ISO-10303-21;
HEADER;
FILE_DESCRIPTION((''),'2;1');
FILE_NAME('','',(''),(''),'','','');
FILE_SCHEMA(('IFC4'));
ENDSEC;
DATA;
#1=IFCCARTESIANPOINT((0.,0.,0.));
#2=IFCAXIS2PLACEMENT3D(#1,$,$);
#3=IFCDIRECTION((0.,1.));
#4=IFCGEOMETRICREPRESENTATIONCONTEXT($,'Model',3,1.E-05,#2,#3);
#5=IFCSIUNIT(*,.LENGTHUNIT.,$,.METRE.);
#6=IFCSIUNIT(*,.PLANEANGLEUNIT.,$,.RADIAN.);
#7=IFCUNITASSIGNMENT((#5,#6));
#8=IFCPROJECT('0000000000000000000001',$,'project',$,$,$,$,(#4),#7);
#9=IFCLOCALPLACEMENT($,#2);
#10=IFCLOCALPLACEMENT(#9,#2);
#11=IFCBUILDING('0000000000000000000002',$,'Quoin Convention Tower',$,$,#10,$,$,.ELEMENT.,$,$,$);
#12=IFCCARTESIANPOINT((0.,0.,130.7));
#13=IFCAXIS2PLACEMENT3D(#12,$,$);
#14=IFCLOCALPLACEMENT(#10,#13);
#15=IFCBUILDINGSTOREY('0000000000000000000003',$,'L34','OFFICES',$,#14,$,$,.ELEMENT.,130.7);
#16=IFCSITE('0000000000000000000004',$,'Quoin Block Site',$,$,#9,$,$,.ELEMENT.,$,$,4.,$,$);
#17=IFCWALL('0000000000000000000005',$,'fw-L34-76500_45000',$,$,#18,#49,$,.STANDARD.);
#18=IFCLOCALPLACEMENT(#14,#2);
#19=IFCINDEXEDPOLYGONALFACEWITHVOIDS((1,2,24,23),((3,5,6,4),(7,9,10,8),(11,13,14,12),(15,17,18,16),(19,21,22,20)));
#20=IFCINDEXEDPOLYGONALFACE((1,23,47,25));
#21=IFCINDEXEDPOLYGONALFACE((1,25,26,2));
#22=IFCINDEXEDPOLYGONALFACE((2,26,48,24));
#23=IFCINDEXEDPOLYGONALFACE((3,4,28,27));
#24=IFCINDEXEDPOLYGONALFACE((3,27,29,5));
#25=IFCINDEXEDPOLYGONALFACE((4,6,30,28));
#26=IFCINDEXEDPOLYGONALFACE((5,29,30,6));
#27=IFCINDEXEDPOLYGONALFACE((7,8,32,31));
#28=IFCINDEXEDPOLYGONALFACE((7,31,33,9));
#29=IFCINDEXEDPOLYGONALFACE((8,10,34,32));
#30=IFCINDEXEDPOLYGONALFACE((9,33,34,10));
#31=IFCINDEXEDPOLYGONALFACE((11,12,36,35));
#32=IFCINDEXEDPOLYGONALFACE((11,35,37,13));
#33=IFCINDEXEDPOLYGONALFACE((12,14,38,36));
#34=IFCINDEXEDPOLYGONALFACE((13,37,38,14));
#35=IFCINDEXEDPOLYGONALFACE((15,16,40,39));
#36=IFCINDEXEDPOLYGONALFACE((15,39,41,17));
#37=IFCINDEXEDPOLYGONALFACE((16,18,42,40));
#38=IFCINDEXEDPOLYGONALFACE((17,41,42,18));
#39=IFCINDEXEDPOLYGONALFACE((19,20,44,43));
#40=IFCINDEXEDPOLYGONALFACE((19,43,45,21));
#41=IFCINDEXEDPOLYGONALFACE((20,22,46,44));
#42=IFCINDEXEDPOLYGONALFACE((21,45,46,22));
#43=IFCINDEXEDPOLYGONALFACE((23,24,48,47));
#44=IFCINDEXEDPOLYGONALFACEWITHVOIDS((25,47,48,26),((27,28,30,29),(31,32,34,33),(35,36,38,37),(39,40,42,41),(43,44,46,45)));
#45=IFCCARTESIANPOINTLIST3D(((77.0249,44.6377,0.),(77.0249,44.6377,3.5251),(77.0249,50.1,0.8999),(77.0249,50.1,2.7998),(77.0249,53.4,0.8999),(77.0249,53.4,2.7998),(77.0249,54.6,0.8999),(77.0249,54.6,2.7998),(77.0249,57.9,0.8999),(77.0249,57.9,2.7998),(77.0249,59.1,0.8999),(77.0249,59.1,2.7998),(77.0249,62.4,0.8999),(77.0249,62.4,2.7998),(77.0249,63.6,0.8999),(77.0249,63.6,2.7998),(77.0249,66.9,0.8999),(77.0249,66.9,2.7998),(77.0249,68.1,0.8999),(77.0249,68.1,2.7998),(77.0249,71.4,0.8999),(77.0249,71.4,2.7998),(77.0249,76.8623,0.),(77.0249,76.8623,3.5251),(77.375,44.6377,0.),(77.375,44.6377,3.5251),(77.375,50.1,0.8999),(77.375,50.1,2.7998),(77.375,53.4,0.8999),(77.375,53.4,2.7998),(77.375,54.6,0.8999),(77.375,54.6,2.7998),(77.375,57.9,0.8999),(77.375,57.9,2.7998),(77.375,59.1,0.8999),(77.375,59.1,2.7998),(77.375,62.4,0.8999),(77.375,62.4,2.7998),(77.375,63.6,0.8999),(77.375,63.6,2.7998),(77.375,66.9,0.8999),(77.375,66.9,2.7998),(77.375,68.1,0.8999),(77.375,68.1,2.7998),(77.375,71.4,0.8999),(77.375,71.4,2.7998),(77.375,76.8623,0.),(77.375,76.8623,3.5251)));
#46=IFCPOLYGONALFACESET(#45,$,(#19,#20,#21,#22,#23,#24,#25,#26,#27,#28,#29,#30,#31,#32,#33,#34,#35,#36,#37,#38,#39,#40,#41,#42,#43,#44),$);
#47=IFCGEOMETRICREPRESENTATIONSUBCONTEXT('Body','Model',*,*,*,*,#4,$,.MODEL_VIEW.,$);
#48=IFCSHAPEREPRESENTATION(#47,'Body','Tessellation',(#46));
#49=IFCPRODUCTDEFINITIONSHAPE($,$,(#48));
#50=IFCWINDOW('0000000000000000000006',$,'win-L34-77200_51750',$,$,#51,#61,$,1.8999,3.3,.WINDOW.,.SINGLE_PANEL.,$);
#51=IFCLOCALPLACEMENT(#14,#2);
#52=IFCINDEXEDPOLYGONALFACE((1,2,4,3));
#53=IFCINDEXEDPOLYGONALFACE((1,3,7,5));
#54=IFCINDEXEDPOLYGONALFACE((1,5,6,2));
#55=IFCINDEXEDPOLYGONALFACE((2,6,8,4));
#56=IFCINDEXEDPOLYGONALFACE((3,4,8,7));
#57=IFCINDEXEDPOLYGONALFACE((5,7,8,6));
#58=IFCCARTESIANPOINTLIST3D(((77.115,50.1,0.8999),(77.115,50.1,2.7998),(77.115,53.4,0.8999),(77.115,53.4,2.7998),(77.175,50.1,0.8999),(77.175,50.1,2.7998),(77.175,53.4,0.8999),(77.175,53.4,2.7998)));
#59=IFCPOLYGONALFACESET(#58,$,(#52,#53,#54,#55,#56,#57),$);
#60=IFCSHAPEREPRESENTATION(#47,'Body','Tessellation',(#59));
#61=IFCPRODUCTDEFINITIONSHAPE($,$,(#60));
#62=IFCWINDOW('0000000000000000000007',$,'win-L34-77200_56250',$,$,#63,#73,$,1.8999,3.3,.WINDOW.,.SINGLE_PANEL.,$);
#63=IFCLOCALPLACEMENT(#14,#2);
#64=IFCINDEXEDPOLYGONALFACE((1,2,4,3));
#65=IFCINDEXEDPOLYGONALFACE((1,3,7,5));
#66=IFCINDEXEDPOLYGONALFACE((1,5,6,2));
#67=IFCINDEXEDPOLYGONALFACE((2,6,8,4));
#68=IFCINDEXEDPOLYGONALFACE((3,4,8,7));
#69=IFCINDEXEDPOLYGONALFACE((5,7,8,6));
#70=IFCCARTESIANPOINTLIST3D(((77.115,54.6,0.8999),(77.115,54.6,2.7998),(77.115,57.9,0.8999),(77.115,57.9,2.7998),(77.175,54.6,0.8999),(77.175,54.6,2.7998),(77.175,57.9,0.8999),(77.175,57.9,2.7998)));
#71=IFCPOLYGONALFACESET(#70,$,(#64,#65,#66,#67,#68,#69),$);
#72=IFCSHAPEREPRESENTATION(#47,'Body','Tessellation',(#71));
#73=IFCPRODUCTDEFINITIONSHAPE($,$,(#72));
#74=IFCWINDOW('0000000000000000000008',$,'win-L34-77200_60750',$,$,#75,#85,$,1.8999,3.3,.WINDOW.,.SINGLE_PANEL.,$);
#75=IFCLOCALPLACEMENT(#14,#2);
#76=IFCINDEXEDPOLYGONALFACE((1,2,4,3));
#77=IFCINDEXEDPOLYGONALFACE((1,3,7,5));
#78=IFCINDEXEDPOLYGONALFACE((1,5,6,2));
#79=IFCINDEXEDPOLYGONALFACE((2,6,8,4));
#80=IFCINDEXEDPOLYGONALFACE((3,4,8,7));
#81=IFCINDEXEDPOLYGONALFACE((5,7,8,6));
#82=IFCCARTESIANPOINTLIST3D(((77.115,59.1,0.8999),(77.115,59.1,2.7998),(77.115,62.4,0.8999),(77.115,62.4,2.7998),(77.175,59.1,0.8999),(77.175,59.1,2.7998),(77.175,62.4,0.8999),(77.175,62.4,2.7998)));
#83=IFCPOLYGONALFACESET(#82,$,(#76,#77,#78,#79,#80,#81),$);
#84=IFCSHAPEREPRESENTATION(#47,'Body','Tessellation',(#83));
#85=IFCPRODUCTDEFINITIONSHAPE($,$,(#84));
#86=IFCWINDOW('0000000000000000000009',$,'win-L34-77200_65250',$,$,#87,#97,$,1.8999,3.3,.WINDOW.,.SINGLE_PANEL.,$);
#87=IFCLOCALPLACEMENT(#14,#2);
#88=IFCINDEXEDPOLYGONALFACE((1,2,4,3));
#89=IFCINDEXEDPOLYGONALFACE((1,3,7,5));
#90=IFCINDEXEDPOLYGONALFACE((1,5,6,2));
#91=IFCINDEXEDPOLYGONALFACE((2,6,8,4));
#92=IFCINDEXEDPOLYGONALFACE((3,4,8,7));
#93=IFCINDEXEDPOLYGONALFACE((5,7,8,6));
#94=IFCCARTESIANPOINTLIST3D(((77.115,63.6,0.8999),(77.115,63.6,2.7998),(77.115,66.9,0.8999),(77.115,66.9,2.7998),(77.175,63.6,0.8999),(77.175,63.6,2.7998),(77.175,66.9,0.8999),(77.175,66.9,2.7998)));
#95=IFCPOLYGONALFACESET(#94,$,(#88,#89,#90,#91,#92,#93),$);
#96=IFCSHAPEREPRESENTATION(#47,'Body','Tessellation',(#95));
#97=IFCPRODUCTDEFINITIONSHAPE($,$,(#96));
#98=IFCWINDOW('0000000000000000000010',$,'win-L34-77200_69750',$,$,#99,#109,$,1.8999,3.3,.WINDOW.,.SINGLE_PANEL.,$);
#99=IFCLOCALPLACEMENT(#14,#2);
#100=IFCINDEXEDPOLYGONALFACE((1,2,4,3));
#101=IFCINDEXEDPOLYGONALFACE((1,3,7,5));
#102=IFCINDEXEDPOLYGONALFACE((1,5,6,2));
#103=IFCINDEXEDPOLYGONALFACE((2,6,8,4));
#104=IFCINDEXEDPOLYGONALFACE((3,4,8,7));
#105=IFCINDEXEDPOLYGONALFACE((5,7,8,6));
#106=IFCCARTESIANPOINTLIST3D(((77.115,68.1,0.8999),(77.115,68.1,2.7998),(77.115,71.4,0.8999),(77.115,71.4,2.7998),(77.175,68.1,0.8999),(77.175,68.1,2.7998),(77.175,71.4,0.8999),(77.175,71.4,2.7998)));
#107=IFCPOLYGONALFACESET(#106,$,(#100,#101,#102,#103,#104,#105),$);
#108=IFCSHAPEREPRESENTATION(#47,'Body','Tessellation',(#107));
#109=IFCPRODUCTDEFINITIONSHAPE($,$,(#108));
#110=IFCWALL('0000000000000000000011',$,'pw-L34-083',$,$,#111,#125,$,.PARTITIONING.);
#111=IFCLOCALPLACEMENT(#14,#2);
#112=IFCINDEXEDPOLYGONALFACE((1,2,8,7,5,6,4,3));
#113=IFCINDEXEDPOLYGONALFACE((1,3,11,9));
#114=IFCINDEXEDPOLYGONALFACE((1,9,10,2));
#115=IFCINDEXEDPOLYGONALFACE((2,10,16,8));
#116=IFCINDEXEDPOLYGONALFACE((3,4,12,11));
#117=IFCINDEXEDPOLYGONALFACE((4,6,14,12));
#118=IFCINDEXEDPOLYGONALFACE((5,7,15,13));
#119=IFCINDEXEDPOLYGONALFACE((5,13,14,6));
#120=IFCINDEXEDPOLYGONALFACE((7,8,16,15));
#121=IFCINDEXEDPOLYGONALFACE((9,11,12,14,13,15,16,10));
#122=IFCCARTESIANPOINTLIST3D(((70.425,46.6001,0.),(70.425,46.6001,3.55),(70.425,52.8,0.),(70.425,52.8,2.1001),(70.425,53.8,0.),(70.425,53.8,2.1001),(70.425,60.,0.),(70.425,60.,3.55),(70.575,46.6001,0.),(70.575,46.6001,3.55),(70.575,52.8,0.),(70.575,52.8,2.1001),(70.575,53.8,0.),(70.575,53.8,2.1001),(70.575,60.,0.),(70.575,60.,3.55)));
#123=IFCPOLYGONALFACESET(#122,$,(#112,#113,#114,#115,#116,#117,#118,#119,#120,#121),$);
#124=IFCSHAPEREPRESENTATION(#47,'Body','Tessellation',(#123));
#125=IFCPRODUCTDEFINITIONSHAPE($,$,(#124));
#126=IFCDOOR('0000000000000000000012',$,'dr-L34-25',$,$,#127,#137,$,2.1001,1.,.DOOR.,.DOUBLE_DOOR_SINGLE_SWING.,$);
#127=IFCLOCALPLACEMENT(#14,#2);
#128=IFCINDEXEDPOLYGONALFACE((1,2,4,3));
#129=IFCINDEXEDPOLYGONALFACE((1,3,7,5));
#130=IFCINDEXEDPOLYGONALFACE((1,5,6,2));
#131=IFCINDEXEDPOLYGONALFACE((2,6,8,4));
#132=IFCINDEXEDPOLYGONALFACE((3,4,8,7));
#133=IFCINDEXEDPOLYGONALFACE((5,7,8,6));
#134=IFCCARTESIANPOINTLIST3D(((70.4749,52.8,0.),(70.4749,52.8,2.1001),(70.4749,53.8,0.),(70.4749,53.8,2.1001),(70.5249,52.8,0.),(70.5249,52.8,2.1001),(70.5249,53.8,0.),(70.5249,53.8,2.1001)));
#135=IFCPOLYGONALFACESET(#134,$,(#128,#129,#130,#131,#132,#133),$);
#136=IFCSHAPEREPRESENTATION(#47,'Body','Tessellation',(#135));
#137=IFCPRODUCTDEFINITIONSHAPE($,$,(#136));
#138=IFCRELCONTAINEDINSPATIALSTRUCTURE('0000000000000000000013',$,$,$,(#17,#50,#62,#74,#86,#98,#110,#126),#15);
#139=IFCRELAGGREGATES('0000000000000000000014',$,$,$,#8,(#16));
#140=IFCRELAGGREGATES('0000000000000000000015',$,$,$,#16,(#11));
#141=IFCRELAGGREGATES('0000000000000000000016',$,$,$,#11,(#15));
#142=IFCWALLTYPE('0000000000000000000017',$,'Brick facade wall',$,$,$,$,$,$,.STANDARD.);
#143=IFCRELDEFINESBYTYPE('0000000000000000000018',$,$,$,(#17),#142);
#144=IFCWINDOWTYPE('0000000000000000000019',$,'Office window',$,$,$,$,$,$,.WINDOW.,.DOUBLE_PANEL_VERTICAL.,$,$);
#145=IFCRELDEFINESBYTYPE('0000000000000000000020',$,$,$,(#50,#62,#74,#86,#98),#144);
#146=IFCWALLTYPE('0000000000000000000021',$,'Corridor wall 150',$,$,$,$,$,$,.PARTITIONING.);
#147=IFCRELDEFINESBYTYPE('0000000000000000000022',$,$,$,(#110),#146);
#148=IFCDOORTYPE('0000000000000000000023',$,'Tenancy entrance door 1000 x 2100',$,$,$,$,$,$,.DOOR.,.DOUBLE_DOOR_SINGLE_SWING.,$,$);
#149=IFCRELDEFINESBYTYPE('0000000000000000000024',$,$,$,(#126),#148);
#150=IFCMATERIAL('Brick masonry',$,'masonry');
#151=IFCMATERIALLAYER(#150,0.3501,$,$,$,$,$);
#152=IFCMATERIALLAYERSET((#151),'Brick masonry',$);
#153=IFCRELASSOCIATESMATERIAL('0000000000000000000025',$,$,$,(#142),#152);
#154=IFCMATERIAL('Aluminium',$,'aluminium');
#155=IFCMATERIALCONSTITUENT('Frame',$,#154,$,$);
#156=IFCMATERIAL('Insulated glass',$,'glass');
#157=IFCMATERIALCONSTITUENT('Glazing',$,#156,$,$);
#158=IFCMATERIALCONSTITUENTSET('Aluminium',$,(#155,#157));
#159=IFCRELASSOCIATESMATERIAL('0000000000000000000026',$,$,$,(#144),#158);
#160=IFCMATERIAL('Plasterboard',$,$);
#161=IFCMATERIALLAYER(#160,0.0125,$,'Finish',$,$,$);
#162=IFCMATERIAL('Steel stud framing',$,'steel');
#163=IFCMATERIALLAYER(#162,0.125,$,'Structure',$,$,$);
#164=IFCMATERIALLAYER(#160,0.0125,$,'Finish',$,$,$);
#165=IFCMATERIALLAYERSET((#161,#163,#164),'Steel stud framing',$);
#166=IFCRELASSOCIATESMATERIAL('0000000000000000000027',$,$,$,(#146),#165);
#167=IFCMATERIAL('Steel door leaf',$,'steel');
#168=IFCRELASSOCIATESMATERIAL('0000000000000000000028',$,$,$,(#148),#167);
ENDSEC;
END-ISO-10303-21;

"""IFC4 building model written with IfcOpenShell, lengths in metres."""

from ifc_helpers import new_model, si_unit, direction, frame, frame_2d, origin, place, context, subcontext, project, spatial, rectangle, extrude, material, layer, layer_set, constituent, constituent_set, type_object, element, fill, save


model = new_model("IFC4")

# Units and contexts
model_context = context("Model", 3, precision=1e-05, world=origin(), true_north=direction((0.0, 1.0)))
body_context = subcontext(model_context, "Body", "Model", "MODEL_VIEW")
ifc_project = project(units=[si_unit("LENGTHUNIT", "METRE"), si_unit("PLANEANGLEUNIT", "RADIAN")], contexts=[model_context])

# Site, building, storey
site_placement = place(None, origin())
site = spatial("IfcSite", under=ifc_project, at=site_placement, Name="Quoin Block Site", CompositionType="ELEMENT", RefElevation=4.0)
building_placement = place(site_placement, origin())
building = spatial("IfcBuilding", under=site, at=building_placement, Name="Quoin Convention Tower", CompositionType="ELEMENT")
storey_placement = place(building_placement, frame((0.0, 0.0, 130.7)))
storey = spatial("IfcBuildingStorey", under=building, at=storey_placement, Name="L34", Description="OFFICES", CompositionType="ELEMENT", Elevation=130.7)

# Shared definitions
ifc_material_1 = material(Name="Plasterboard")
ifc_material_2 = material(Name="Steel stud framing", Category="steel")
ifc_material_3 = material(Name="Steel door leaf", Category="steel")

# Wall, openings, windows
ifc_material_4 = material(Name="Brick masonry", Category="masonry")
ifc_layer_1 = layer(ifc_material_4, 0.3501)
ifc_layer_set_1 = layer_set([ifc_layer_1], Name="Brick masonry")
wall_type_1 = type_object("IfcWallType", Name="Brick facade wall", PredefinedType="STANDARD", material=ifc_layer_set_1)
wall_1_placement = place(storey_placement, frame((77.2, 44.6377, 0.0), z_axis=(0.0, 0.0, 1.0), x_axis=(0.0, 1.0, 0.0)))
wall_1 = element("IfcWall", 1, at=wall_1_placement, inside=storey, type_object=wall_type_1, Name="fw-L34-76500_45000", PredefinedType="STANDARD", context=body_context, shape_type="SweptSolid", body=[
    extrude(rectangle(XDim=32.2246, YDim=0.3501, at=frame_2d((16.1123, 0.0))), origin(), (0.0, 0.0, 1.0), 3.5251),
])
opening_1_placement = place(wall_1_placement, frame((5.4624, 0.0, 0.8999)))
opening_1 = element("IfcOpeningElement", 2, at=opening_1_placement, cuts=wall_1, PredefinedType="OPENING", context=body_context, shape_type="SweptSolid", body=[
    extrude(rectangle(XDim=3.3, YDim=1.8999, at=frame_2d((1.6499, 0.95))), frame((0.0, 0.1851, 0.0), z_axis=(0.0, -1.0, 0.0), x_axis=(1.0, 0.0, 0.0)), (0.0, 0.0, 1.0), 0.3701),
])
opening_2_placement = place(wall_1_placement, frame((9.9624, 0.0, 0.8999)))
opening_2 = element("IfcOpeningElement", 3, at=opening_2_placement, cuts=wall_1, PredefinedType="OPENING", context=body_context, shape_type="SweptSolid", body=[
    extrude(rectangle(XDim=3.3, YDim=1.8999, at=frame_2d((1.6499, 0.95))), frame((0.0, 0.1851, 0.0), z_axis=(0.0, -1.0, 0.0), x_axis=(1.0, 0.0, 0.0)), (0.0, 0.0, 1.0), 0.3701),
])
opening_3_placement = place(wall_1_placement, frame((14.4624, 0.0, 0.8999)))
opening_3 = element("IfcOpeningElement", 4, at=opening_3_placement, cuts=wall_1, PredefinedType="OPENING", context=body_context, shape_type="SweptSolid", body=[
    extrude(rectangle(XDim=3.3, YDim=1.8999, at=frame_2d((1.6499, 0.95))), frame((0.0, 0.1851, 0.0), z_axis=(0.0, -1.0, 0.0), x_axis=(1.0, 0.0, 0.0)), (0.0, 0.0, 1.0), 0.3701),
])
opening_4_placement = place(wall_1_placement, frame((18.9624, 0.0, 0.8999)))
opening_4 = element("IfcOpeningElement", 5, at=opening_4_placement, cuts=wall_1, PredefinedType="OPENING", context=body_context, shape_type="SweptSolid", body=[
    extrude(rectangle(XDim=3.3, YDim=1.8999, at=frame_2d((1.6499, 0.95))), frame((0.0, 0.1851, 0.0), z_axis=(0.0, -1.0, 0.0), x_axis=(1.0, 0.0, 0.0)), (0.0, 0.0, 1.0), 0.3701),
])
opening_5_placement = place(wall_1_placement, frame((23.4624, 0.0, 0.8999)))
opening_5 = element("IfcOpeningElement", 6, at=opening_5_placement, cuts=wall_1, PredefinedType="OPENING", context=body_context, shape_type="SweptSolid", body=[
    extrude(rectangle(XDim=3.3, YDim=1.8999, at=frame_2d((1.6499, 0.95))), frame((0.0, 0.1851, 0.0), z_axis=(0.0, -1.0, 0.0), x_axis=(1.0, 0.0, 0.0)), (0.0, 0.0, 1.0), 0.3701),
])
ifc_material_5 = material(Name="Aluminium", Category="aluminium")
ifc_constituent_1 = constituent(ifc_material_5, Name="Frame")
ifc_material_6 = material(Name="Insulated glass", Category="glass")
ifc_constituent_2 = constituent(ifc_material_6, Name="Glazing")
ifc_constituent_set = constituent_set(constituents=[ifc_constituent_1, ifc_constituent_2], Name="Aluminium")
window_type = type_object("IfcWindowType", Name="Office window", PartitioningType="DOUBLE_PANEL_VERTICAL", PredefinedType="WINDOW", material=ifc_constituent_set)
window_1_placement = place(opening_1_placement, origin())
window_1 = element("IfcWindow", 7, at=window_1_placement, inside=storey, type_object=window_type, Name="win-L34-77200_51750", OverallHeight=1.8999, OverallWidth=3.3, PartitioningType="SINGLE_PANEL", PredefinedType="WINDOW", context=body_context, shape_type="SweptSolid", body=[
    extrude(rectangle(XDim=3.3, YDim=1.8999, at=frame_2d((1.6499, 0.95))), frame((0.0, 0.085, 0.0), z_axis=(0.0, -1.0, 0.0), x_axis=(1.0, 0.0, 0.0)), (0.0, 0.0, 1.0), 0.0601),
])
fill(opening_1, window_1)
window_2_placement = place(opening_2_placement, origin())
window_2 = element("IfcWindow", 8, at=window_2_placement, inside=storey, type_object=window_type, Name="win-L34-77200_56250", OverallHeight=1.8999, OverallWidth=3.3, PartitioningType="SINGLE_PANEL", PredefinedType="WINDOW", context=body_context, shape_type="SweptSolid", body=[
    extrude(rectangle(XDim=3.3, YDim=1.8999, at=frame_2d((1.6499, 0.95))), frame((0.0, 0.085, 0.0), z_axis=(0.0, -1.0, 0.0), x_axis=(1.0, 0.0, 0.0)), (0.0, 0.0, 1.0), 0.0601),
])
fill(opening_2, window_2)
window_3_placement = place(opening_3_placement, origin())
window_3 = element("IfcWindow", 9, at=window_3_placement, inside=storey, type_object=window_type, Name="win-L34-77200_60750", OverallHeight=1.8999, OverallWidth=3.3, PartitioningType="SINGLE_PANEL", PredefinedType="WINDOW", context=body_context, shape_type="SweptSolid", body=[
    extrude(rectangle(XDim=3.3, YDim=1.8999, at=frame_2d((1.6499, 0.95))), frame((0.0, 0.085, 0.0), z_axis=(0.0, -1.0, 0.0), x_axis=(1.0, 0.0, 0.0)), (0.0, 0.0, 1.0), 0.0601),
])
fill(opening_3, window_3)
window_4_placement = place(opening_4_placement, origin())
window_4 = element("IfcWindow", 10, at=window_4_placement, inside=storey, type_object=window_type, Name="win-L34-77200_65250", OverallHeight=1.8999, OverallWidth=3.3, PartitioningType="SINGLE_PANEL", PredefinedType="WINDOW", context=body_context, shape_type="SweptSolid", body=[
    extrude(rectangle(XDim=3.3, YDim=1.8999, at=frame_2d((1.6499, 0.95))), frame((0.0, 0.085, 0.0), z_axis=(0.0, -1.0, 0.0), x_axis=(1.0, 0.0, 0.0)), (0.0, 0.0, 1.0), 0.0601),
])
fill(opening_4, window_4)
window_5_placement = place(opening_5_placement, origin())
window_5 = element("IfcWindow", 11, at=window_5_placement, inside=storey, type_object=window_type, Name="win-L34-77200_69750", OverallHeight=1.8999, OverallWidth=3.3, PartitioningType="SINGLE_PANEL", PredefinedType="WINDOW", context=body_context, shape_type="SweptSolid", body=[
    extrude(rectangle(XDim=3.3, YDim=1.8999, at=frame_2d((1.6499, 0.95))), frame((0.0, 0.085, 0.0), z_axis=(0.0, -1.0, 0.0), x_axis=(1.0, 0.0, 0.0)), (0.0, 0.0, 1.0), 0.0601),
])
fill(opening_5, window_5)

# Wall, opening, door
ifc_layer_2 = layer(ifc_material_1, 0.0125, Name="Finish")
ifc_layer_3 = layer(ifc_material_2, 0.125, Name="Structure")
ifc_layer_4 = layer(ifc_material_1, 0.0125, Name="Finish")
ifc_layer_set_2 = layer_set([ifc_layer_2, ifc_layer_3, ifc_layer_4], Name="Steel stud framing")
wall_type_2 = type_object("IfcWallType", Name="Corridor wall 150", PredefinedType="PARTITIONING", material=ifc_layer_set_2)
wall_2_placement = place(storey_placement, frame((70.5, 46.6001, 0.0), z_axis=(0.0, 0.0, 1.0), x_axis=(0.0, 1.0, 0.0)))
wall_2 = element("IfcWall", 12, at=wall_2_placement, inside=storey, type_object=wall_type_2, Name="pw-L34-083", PredefinedType="PARTITIONING", context=body_context, shape_type="SweptSolid", body=[
    extrude(rectangle(XDim=13.3999, YDim=0.1499, at=frame_2d((6.7, 0.0))), origin(), (0.0, 0.0, 1.0), 3.55),
])
opening_6_placement = place(wall_2_placement, frame((6.2, 0.0, 0.0)))
opening_6 = element("IfcOpeningElement", 13, at=opening_6_placement, cuts=wall_2, PredefinedType="OPENING", context=body_context, shape_type="SweptSolid", body=[
    extrude(rectangle(XDim=1.0, YDim=2.1001, at=frame_2d((0.5, 1.05))), frame((0.0, 0.085, 0.0), z_axis=(0.0, -1.0, 0.0), x_axis=(1.0, 0.0, 0.0)), (0.0, 0.0, 1.0), 0.1699),
])
door_type_1 = type_object("IfcDoorType", Name="Tenancy entrance door 1000 x 2100", OperationType="DOUBLE_DOOR_SINGLE_SWING", PredefinedType="DOOR", material=ifc_material_3)
door_1_placement = place(opening_6_placement, frame((1.0, 0.0, 0.0), z_axis=(0.0, 0.0, 1.0), x_axis=(-1.0, 0.0, 0.0)))
door_1 = element("IfcDoor", 14, at=door_1_placement, inside=storey, type_object=door_type_1, Name="dr-L34-25", OperationType="DOUBLE_DOOR_SINGLE_SWING", OverallHeight=2.1001, OverallWidth=1.0, PredefinedType="DOOR", context=body_context, shape_type="SweptSolid", body=[
    extrude(rectangle(XDim=1.0, YDim=2.1001, at=frame_2d((0.5, 1.05))), frame((0.0, 0.0249, 0.0), z_axis=(0.0, -1.0, 0.0), x_axis=(1.0, 0.0, 0.0)), (0.0, 0.0, 1.0), 0.05),
])
fill(opening_6, door_1)

save(model, "model.ifc")
